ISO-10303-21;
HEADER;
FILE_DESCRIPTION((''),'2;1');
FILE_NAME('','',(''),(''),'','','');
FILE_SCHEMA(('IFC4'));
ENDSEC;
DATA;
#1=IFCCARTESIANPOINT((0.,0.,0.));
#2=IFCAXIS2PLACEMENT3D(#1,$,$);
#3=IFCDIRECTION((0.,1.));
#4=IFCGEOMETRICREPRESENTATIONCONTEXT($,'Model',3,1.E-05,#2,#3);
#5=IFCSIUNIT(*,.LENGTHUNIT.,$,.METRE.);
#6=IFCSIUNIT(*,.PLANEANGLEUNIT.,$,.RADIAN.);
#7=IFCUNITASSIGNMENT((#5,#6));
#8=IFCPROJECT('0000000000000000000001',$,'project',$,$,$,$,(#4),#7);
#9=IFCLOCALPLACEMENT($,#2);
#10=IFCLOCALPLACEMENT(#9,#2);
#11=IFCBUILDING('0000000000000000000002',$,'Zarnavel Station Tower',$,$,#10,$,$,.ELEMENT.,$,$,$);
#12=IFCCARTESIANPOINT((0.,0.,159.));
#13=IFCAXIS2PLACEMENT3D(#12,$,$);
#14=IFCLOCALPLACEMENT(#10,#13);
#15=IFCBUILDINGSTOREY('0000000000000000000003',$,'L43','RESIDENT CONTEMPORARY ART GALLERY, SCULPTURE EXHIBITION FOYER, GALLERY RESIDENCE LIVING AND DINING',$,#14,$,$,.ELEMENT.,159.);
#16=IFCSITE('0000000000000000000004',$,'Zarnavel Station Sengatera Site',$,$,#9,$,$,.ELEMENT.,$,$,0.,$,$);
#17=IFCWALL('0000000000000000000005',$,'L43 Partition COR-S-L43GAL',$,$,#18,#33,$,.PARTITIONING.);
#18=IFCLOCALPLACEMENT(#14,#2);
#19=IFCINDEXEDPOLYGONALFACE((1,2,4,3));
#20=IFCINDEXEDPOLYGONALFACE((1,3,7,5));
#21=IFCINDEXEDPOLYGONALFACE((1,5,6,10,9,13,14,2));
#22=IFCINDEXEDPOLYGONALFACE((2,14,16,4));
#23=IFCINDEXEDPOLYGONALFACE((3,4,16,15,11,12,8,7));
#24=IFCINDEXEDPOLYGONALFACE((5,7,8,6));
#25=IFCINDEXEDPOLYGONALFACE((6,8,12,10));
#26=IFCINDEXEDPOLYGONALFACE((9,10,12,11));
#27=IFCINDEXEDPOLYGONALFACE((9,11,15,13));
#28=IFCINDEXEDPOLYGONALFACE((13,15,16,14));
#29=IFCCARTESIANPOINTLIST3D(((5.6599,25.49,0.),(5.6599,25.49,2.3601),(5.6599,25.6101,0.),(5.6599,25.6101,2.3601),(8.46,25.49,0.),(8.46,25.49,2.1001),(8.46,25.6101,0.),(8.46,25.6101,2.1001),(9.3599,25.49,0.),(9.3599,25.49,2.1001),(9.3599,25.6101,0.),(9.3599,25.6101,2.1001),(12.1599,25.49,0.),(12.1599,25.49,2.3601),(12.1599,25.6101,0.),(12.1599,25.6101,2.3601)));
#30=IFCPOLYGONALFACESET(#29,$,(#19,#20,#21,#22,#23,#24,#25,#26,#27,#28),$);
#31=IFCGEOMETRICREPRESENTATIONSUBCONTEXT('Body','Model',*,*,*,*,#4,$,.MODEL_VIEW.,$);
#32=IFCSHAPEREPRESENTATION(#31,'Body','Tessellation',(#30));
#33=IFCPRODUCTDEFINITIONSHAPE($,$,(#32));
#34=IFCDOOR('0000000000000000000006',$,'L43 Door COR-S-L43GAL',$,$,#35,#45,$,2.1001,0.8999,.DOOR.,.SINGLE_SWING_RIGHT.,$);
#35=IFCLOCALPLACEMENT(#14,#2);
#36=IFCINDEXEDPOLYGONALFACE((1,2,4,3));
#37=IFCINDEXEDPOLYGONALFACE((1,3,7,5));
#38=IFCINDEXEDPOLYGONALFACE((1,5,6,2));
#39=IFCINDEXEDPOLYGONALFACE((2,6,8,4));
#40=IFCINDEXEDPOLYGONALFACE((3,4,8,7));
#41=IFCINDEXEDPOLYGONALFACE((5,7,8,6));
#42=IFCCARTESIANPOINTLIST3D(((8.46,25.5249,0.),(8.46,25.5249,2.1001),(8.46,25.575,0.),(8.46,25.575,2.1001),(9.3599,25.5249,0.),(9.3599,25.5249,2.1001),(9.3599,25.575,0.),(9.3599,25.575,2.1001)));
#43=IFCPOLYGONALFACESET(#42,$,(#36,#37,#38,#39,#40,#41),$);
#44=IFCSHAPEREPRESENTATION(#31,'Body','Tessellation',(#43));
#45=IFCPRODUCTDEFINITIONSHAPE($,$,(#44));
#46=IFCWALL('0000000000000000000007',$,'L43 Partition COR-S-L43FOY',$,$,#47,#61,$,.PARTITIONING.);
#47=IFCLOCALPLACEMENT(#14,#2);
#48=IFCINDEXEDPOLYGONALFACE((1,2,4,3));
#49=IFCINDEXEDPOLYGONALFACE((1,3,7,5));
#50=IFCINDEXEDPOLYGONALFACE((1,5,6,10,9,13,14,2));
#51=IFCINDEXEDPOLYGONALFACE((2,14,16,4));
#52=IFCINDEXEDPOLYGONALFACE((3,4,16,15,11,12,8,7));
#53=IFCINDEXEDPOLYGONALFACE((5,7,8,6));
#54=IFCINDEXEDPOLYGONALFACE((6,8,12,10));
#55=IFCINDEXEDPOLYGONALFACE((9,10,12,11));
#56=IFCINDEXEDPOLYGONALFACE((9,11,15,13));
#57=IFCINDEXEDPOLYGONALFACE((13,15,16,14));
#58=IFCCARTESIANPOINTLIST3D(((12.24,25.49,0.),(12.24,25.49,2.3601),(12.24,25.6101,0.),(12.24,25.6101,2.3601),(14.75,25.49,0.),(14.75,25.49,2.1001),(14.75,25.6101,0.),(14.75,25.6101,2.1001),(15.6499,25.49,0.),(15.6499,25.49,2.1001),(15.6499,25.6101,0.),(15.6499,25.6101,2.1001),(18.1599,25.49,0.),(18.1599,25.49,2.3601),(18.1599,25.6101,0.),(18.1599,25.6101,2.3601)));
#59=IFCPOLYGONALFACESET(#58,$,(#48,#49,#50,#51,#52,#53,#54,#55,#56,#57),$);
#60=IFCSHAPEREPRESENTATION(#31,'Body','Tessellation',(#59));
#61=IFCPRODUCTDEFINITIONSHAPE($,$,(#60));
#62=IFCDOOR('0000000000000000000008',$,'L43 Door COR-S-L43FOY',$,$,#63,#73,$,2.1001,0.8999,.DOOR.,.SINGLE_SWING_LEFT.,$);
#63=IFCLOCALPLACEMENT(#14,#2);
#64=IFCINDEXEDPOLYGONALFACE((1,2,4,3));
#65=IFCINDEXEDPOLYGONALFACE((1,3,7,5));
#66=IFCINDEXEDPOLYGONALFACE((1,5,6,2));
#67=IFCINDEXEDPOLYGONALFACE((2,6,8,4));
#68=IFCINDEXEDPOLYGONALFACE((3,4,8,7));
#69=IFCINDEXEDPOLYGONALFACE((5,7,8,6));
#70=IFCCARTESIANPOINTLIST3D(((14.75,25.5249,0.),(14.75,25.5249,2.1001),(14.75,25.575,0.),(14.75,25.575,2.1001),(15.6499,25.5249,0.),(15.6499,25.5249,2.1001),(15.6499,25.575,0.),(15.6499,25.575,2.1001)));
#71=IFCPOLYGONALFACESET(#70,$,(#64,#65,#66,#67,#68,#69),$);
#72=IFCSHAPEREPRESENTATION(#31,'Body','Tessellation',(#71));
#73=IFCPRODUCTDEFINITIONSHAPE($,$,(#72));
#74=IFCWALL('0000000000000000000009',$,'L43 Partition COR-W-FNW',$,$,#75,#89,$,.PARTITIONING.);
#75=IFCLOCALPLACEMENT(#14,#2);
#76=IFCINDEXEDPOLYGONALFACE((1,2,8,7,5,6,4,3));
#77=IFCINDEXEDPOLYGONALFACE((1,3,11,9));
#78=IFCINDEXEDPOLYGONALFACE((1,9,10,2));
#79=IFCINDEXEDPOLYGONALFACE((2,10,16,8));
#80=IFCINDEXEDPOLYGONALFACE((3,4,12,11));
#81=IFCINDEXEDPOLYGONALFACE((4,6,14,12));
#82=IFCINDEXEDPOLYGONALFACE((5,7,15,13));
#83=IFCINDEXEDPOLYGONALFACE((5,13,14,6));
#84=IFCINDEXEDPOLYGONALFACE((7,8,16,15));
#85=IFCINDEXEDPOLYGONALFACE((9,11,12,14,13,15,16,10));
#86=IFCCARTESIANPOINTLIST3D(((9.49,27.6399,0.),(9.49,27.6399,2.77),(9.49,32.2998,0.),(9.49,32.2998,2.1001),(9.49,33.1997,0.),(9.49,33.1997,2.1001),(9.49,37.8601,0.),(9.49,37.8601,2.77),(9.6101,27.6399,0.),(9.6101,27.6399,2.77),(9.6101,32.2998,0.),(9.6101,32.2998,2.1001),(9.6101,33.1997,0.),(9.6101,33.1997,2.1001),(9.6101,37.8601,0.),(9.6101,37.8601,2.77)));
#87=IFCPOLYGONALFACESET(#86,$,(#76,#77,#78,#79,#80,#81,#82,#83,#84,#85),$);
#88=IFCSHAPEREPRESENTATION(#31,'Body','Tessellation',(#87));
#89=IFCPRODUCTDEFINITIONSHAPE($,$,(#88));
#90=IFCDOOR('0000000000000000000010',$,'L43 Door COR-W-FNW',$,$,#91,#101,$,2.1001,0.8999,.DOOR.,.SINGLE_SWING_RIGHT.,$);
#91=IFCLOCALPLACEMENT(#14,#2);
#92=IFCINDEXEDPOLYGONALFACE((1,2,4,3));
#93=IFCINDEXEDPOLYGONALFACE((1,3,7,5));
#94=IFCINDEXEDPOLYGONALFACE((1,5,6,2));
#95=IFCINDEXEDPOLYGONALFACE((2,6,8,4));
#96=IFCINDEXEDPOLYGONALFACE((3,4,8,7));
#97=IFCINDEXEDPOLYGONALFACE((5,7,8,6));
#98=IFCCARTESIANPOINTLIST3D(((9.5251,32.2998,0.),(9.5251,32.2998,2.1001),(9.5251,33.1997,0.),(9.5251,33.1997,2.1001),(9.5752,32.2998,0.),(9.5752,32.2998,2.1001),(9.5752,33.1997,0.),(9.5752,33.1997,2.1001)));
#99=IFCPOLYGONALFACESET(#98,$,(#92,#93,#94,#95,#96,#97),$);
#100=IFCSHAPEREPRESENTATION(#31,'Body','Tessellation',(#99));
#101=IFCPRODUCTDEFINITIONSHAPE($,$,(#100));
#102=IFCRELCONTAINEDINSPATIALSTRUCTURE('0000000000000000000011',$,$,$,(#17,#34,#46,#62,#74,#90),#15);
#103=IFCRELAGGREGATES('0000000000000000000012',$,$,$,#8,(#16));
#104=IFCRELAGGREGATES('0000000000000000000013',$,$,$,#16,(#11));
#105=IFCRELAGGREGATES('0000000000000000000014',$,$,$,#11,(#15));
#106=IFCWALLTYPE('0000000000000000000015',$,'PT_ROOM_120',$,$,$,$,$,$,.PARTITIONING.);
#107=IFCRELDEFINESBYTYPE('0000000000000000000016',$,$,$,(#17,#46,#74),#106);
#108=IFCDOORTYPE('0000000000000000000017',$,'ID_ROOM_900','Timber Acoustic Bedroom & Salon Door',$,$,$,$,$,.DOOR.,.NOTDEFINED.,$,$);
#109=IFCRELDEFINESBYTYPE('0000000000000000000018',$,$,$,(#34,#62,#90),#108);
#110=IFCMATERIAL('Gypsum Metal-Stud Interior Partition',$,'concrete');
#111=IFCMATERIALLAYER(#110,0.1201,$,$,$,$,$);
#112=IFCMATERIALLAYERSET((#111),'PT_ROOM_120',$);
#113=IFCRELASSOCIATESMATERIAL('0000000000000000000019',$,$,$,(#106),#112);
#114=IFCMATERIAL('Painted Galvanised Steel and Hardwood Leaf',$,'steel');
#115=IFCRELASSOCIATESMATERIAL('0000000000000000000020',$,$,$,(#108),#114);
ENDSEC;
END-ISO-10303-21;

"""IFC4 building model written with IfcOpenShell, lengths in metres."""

from ifc_helpers import new_model, si_unit, direction, frame, frame_2d, origin, place, context, subcontext, project, spatial, rectangle, extrude, material, layer, layer_set, type_object, element, fill, save


model = new_model("IFC4")

# Units and contexts
model_context = context("Model", 3, precision=1e-05, world=origin(), true_north=direction((0.0, 1.0)))
body_context = subcontext(model_context, "Body", "Model", "MODEL_VIEW")
ifc_project = project(units=[si_unit("LENGTHUNIT", "METRE"), si_unit("PLANEANGLEUNIT", "RADIAN")], contexts=[model_context])

# Site, building, storey
site_placement = place(None, origin())
site = spatial("IfcSite", under=ifc_project, at=site_placement, Name="Zarnavel Station Sengatera Site", CompositionType="ELEMENT", RefElevation=0.0)
building_placement = place(site_placement, origin())
building = spatial("IfcBuilding", under=site, at=building_placement, Name="Zarnavel Station Tower", CompositionType="ELEMENT")
storey_placement = place(building_placement, frame((0.0, 0.0, 159.0)))
storey = spatial("IfcBuildingStorey", under=building, at=storey_placement, Name="L43", Description="RESIDENT CONTEMPORARY ART GALLERY, SCULPTURE EXHIBITION FOYER, GALLERY RESIDENCE LIVING AND DINING", CompositionType="ELEMENT", Elevation=159.0)

# Walls, openings, doors
ifc_material_1 = material(Name="Gypsum Metal-Stud Interior Partition", Category="concrete")
ifc_layer_1 = layer(ifc_material_1, 0.1201)
ifc_layer_set_1 = layer_set([ifc_layer_1], Name="PT_ROOM_120")
wall_type_1 = type_object("IfcWallType", Name="PT_ROOM_120", PredefinedType="PARTITIONING", material=ifc_layer_set_1)
ifc_material_2 = material(Name="Painted Galvanised Steel and Hardwood Leaf", Category="steel")
door_type = type_object("IfcDoorType", Name="ID_ROOM_900", Description="Timber Acoustic Bedroom & Salon Door", OperationType="NOTDEFINED", PredefinedType="DOOR", material=ifc_material_2)
wall_1_placement = place(storey_placement, frame((5.6599, 25.55, 0.0), z_axis=(0.0, 0.0, 1.0), x_axis=(1.0, 0.0, 0.0)))
wall_1 = element("IfcWall", 1, at=wall_1_placement, inside=storey, type_object=wall_type_1, Name="L43 Partition COR-S-L43GAL", PredefinedType="PARTITIONING", context=body_context, shape_type="SweptSolid", body=[
    extrude(rectangle(XDim=6.5, YDim=0.1201, at=frame_2d((3.25, 0.0))), origin(), (0.0, 0.0, 1.0), 2.3601),
])
opening_1_placement = place(wall_1_placement, frame((2.8, 0.0, 0.0)))
opening_1 = element("IfcOpeningElement", 2, at=opening_1_placement, cuts=wall_1, PredefinedType="OPENING", context=body_context, shape_type="SweptSolid", body=[
    extrude(rectangle(XDim=0.8999, YDim=2.1001, at=frame_2d((0.45, 1.05))), frame((0.0, 0.0701, 0.0), z_axis=(0.0, -1.0, 0.0), x_axis=(1.0, 0.0, 0.0)), (0.0, 0.0, 1.0), 0.1401),
])
door_1_placement = place(opening_1_placement, origin())
door_1 = element("IfcDoor", 3, at=door_1_placement, inside=storey, type_object=door_type, Name="L43 Door COR-S-L43GAL", OperationType="SINGLE_SWING_RIGHT", OverallHeight=2.1001, OverallWidth=0.8999, PredefinedType="DOOR", context=body_context, shape_type="SweptSolid", body=[
    extrude(rectangle(XDim=0.8999, YDim=2.1001, at=frame_2d((0.45, 1.05))), frame((0.0, 0.0249, 0.0), z_axis=(0.0, -1.0, 0.0), x_axis=(1.0, 0.0, 0.0)), (0.0, 0.0, 1.0), 0.05),
])
fill(opening_1, door_1)
wall_2_placement = place(storey_placement, frame((12.24, 25.55, 0.0), z_axis=(0.0, 0.0, 1.0), x_axis=(1.0, 0.0, 0.0)))
wall_2 = element("IfcWall", 4, at=wall_2_placement, inside=storey, type_object=wall_type_1, Name="L43 Partition COR-S-L43FOY", PredefinedType="PARTITIONING", context=body_context, shape_type="SweptSolid", body=[
    extrude(rectangle(XDim=5.9199, YDim=0.1201, at=frame_2d((2.96, 0.0))), origin(), (0.0, 0.0, 1.0), 2.3601),
])
opening_2_placement = place(wall_2_placement, frame((2.51, 0.0, 0.0)))
opening_2 = element("IfcOpeningElement", 5, at=opening_2_placement, cuts=wall_2, PredefinedType="OPENING", context=body_context, shape_type="SweptSolid", body=[
    extrude(rectangle(XDim=0.8999, YDim=2.1001, at=frame_2d((0.45, 1.05))), frame((0.0, 0.0701, 0.0), z_axis=(0.0, -1.0, 0.0), x_axis=(1.0, 0.0, 0.0)), (0.0, 0.0, 1.0), 0.1401),
])
door_2_placement = place(opening_2_placement, origin())
door_2 = element("IfcDoor", 6, at=door_2_placement, inside=storey, type_object=door_type, Name="L43 Door COR-S-L43FOY", OperationType="SINGLE_SWING_LEFT", OverallHeight=2.1001, OverallWidth=0.8999, PredefinedType="DOOR", context=body_context, shape_type="SweptSolid", body=[
    extrude(rectangle(XDim=0.8999, YDim=2.1001, at=frame_2d((0.45, 1.05))), frame((0.0, 0.0249, 0.0), z_axis=(0.0, -1.0, 0.0), x_axis=(1.0, 0.0, 0.0)), (0.0, 0.0, 1.0), 0.05),
])
fill(opening_2, door_2)
wall_3_placement = place(storey_placement, frame((9.55, 27.6399, 0.0), z_axis=(0.0, 0.0, 1.0), x_axis=(0.0, 1.0, 0.0)))
wall_3 = element("IfcWall", 7, at=wall_3_placement, inside=storey, type_object=wall_type_1, Name="L43 Partition COR-W-FNW", PredefinedType="PARTITIONING", context=body_context, shape_type="SweptSolid", body=[
    extrude(rectangle(XDim=10.2202, YDim=0.1201, at=frame_2d((5.1101, 0.0))), origin(), (0.0, 0.0, 1.0), 2.77),
])
opening_3_placement = place(wall_3_placement, frame((4.6599, 0.0, 0.0)))
opening_3 = element("IfcOpeningElement", 8, at=opening_3_placement, cuts=wall_3, PredefinedType="OPENING", context=body_context, shape_type="SweptSolid", body=[
    extrude(rectangle(XDim=0.8999, YDim=2.1001, at=frame_2d((0.45, 1.05))), frame((0.0, 0.0701, 0.0), z_axis=(0.0, -1.0, 0.0), x_axis=(1.0, 0.0, 0.0)), (0.0, 0.0, 1.0), 0.1401),
])
door_3_placement = place(opening_3_placement, origin())
door_3 = element("IfcDoor", 9, at=door_3_placement, inside=storey, type_object=door_type, Name="L43 Door COR-W-FNW", OperationType="SINGLE_SWING_RIGHT", OverallHeight=2.1001, OverallWidth=0.8999, PredefinedType="DOOR", context=body_context, shape_type="SweptSolid", body=[
    extrude(rectangle(XDim=0.8999, YDim=2.1001, at=frame_2d((0.45, 1.05))), frame((0.0, 0.0249, 0.0), z_axis=(0.0, -1.0, 0.0), x_axis=(1.0, 0.0, 0.0)), (0.0, 0.0, 1.0), 0.05),
])
fill(opening_3, door_3)

save(model, "model.ifc")
